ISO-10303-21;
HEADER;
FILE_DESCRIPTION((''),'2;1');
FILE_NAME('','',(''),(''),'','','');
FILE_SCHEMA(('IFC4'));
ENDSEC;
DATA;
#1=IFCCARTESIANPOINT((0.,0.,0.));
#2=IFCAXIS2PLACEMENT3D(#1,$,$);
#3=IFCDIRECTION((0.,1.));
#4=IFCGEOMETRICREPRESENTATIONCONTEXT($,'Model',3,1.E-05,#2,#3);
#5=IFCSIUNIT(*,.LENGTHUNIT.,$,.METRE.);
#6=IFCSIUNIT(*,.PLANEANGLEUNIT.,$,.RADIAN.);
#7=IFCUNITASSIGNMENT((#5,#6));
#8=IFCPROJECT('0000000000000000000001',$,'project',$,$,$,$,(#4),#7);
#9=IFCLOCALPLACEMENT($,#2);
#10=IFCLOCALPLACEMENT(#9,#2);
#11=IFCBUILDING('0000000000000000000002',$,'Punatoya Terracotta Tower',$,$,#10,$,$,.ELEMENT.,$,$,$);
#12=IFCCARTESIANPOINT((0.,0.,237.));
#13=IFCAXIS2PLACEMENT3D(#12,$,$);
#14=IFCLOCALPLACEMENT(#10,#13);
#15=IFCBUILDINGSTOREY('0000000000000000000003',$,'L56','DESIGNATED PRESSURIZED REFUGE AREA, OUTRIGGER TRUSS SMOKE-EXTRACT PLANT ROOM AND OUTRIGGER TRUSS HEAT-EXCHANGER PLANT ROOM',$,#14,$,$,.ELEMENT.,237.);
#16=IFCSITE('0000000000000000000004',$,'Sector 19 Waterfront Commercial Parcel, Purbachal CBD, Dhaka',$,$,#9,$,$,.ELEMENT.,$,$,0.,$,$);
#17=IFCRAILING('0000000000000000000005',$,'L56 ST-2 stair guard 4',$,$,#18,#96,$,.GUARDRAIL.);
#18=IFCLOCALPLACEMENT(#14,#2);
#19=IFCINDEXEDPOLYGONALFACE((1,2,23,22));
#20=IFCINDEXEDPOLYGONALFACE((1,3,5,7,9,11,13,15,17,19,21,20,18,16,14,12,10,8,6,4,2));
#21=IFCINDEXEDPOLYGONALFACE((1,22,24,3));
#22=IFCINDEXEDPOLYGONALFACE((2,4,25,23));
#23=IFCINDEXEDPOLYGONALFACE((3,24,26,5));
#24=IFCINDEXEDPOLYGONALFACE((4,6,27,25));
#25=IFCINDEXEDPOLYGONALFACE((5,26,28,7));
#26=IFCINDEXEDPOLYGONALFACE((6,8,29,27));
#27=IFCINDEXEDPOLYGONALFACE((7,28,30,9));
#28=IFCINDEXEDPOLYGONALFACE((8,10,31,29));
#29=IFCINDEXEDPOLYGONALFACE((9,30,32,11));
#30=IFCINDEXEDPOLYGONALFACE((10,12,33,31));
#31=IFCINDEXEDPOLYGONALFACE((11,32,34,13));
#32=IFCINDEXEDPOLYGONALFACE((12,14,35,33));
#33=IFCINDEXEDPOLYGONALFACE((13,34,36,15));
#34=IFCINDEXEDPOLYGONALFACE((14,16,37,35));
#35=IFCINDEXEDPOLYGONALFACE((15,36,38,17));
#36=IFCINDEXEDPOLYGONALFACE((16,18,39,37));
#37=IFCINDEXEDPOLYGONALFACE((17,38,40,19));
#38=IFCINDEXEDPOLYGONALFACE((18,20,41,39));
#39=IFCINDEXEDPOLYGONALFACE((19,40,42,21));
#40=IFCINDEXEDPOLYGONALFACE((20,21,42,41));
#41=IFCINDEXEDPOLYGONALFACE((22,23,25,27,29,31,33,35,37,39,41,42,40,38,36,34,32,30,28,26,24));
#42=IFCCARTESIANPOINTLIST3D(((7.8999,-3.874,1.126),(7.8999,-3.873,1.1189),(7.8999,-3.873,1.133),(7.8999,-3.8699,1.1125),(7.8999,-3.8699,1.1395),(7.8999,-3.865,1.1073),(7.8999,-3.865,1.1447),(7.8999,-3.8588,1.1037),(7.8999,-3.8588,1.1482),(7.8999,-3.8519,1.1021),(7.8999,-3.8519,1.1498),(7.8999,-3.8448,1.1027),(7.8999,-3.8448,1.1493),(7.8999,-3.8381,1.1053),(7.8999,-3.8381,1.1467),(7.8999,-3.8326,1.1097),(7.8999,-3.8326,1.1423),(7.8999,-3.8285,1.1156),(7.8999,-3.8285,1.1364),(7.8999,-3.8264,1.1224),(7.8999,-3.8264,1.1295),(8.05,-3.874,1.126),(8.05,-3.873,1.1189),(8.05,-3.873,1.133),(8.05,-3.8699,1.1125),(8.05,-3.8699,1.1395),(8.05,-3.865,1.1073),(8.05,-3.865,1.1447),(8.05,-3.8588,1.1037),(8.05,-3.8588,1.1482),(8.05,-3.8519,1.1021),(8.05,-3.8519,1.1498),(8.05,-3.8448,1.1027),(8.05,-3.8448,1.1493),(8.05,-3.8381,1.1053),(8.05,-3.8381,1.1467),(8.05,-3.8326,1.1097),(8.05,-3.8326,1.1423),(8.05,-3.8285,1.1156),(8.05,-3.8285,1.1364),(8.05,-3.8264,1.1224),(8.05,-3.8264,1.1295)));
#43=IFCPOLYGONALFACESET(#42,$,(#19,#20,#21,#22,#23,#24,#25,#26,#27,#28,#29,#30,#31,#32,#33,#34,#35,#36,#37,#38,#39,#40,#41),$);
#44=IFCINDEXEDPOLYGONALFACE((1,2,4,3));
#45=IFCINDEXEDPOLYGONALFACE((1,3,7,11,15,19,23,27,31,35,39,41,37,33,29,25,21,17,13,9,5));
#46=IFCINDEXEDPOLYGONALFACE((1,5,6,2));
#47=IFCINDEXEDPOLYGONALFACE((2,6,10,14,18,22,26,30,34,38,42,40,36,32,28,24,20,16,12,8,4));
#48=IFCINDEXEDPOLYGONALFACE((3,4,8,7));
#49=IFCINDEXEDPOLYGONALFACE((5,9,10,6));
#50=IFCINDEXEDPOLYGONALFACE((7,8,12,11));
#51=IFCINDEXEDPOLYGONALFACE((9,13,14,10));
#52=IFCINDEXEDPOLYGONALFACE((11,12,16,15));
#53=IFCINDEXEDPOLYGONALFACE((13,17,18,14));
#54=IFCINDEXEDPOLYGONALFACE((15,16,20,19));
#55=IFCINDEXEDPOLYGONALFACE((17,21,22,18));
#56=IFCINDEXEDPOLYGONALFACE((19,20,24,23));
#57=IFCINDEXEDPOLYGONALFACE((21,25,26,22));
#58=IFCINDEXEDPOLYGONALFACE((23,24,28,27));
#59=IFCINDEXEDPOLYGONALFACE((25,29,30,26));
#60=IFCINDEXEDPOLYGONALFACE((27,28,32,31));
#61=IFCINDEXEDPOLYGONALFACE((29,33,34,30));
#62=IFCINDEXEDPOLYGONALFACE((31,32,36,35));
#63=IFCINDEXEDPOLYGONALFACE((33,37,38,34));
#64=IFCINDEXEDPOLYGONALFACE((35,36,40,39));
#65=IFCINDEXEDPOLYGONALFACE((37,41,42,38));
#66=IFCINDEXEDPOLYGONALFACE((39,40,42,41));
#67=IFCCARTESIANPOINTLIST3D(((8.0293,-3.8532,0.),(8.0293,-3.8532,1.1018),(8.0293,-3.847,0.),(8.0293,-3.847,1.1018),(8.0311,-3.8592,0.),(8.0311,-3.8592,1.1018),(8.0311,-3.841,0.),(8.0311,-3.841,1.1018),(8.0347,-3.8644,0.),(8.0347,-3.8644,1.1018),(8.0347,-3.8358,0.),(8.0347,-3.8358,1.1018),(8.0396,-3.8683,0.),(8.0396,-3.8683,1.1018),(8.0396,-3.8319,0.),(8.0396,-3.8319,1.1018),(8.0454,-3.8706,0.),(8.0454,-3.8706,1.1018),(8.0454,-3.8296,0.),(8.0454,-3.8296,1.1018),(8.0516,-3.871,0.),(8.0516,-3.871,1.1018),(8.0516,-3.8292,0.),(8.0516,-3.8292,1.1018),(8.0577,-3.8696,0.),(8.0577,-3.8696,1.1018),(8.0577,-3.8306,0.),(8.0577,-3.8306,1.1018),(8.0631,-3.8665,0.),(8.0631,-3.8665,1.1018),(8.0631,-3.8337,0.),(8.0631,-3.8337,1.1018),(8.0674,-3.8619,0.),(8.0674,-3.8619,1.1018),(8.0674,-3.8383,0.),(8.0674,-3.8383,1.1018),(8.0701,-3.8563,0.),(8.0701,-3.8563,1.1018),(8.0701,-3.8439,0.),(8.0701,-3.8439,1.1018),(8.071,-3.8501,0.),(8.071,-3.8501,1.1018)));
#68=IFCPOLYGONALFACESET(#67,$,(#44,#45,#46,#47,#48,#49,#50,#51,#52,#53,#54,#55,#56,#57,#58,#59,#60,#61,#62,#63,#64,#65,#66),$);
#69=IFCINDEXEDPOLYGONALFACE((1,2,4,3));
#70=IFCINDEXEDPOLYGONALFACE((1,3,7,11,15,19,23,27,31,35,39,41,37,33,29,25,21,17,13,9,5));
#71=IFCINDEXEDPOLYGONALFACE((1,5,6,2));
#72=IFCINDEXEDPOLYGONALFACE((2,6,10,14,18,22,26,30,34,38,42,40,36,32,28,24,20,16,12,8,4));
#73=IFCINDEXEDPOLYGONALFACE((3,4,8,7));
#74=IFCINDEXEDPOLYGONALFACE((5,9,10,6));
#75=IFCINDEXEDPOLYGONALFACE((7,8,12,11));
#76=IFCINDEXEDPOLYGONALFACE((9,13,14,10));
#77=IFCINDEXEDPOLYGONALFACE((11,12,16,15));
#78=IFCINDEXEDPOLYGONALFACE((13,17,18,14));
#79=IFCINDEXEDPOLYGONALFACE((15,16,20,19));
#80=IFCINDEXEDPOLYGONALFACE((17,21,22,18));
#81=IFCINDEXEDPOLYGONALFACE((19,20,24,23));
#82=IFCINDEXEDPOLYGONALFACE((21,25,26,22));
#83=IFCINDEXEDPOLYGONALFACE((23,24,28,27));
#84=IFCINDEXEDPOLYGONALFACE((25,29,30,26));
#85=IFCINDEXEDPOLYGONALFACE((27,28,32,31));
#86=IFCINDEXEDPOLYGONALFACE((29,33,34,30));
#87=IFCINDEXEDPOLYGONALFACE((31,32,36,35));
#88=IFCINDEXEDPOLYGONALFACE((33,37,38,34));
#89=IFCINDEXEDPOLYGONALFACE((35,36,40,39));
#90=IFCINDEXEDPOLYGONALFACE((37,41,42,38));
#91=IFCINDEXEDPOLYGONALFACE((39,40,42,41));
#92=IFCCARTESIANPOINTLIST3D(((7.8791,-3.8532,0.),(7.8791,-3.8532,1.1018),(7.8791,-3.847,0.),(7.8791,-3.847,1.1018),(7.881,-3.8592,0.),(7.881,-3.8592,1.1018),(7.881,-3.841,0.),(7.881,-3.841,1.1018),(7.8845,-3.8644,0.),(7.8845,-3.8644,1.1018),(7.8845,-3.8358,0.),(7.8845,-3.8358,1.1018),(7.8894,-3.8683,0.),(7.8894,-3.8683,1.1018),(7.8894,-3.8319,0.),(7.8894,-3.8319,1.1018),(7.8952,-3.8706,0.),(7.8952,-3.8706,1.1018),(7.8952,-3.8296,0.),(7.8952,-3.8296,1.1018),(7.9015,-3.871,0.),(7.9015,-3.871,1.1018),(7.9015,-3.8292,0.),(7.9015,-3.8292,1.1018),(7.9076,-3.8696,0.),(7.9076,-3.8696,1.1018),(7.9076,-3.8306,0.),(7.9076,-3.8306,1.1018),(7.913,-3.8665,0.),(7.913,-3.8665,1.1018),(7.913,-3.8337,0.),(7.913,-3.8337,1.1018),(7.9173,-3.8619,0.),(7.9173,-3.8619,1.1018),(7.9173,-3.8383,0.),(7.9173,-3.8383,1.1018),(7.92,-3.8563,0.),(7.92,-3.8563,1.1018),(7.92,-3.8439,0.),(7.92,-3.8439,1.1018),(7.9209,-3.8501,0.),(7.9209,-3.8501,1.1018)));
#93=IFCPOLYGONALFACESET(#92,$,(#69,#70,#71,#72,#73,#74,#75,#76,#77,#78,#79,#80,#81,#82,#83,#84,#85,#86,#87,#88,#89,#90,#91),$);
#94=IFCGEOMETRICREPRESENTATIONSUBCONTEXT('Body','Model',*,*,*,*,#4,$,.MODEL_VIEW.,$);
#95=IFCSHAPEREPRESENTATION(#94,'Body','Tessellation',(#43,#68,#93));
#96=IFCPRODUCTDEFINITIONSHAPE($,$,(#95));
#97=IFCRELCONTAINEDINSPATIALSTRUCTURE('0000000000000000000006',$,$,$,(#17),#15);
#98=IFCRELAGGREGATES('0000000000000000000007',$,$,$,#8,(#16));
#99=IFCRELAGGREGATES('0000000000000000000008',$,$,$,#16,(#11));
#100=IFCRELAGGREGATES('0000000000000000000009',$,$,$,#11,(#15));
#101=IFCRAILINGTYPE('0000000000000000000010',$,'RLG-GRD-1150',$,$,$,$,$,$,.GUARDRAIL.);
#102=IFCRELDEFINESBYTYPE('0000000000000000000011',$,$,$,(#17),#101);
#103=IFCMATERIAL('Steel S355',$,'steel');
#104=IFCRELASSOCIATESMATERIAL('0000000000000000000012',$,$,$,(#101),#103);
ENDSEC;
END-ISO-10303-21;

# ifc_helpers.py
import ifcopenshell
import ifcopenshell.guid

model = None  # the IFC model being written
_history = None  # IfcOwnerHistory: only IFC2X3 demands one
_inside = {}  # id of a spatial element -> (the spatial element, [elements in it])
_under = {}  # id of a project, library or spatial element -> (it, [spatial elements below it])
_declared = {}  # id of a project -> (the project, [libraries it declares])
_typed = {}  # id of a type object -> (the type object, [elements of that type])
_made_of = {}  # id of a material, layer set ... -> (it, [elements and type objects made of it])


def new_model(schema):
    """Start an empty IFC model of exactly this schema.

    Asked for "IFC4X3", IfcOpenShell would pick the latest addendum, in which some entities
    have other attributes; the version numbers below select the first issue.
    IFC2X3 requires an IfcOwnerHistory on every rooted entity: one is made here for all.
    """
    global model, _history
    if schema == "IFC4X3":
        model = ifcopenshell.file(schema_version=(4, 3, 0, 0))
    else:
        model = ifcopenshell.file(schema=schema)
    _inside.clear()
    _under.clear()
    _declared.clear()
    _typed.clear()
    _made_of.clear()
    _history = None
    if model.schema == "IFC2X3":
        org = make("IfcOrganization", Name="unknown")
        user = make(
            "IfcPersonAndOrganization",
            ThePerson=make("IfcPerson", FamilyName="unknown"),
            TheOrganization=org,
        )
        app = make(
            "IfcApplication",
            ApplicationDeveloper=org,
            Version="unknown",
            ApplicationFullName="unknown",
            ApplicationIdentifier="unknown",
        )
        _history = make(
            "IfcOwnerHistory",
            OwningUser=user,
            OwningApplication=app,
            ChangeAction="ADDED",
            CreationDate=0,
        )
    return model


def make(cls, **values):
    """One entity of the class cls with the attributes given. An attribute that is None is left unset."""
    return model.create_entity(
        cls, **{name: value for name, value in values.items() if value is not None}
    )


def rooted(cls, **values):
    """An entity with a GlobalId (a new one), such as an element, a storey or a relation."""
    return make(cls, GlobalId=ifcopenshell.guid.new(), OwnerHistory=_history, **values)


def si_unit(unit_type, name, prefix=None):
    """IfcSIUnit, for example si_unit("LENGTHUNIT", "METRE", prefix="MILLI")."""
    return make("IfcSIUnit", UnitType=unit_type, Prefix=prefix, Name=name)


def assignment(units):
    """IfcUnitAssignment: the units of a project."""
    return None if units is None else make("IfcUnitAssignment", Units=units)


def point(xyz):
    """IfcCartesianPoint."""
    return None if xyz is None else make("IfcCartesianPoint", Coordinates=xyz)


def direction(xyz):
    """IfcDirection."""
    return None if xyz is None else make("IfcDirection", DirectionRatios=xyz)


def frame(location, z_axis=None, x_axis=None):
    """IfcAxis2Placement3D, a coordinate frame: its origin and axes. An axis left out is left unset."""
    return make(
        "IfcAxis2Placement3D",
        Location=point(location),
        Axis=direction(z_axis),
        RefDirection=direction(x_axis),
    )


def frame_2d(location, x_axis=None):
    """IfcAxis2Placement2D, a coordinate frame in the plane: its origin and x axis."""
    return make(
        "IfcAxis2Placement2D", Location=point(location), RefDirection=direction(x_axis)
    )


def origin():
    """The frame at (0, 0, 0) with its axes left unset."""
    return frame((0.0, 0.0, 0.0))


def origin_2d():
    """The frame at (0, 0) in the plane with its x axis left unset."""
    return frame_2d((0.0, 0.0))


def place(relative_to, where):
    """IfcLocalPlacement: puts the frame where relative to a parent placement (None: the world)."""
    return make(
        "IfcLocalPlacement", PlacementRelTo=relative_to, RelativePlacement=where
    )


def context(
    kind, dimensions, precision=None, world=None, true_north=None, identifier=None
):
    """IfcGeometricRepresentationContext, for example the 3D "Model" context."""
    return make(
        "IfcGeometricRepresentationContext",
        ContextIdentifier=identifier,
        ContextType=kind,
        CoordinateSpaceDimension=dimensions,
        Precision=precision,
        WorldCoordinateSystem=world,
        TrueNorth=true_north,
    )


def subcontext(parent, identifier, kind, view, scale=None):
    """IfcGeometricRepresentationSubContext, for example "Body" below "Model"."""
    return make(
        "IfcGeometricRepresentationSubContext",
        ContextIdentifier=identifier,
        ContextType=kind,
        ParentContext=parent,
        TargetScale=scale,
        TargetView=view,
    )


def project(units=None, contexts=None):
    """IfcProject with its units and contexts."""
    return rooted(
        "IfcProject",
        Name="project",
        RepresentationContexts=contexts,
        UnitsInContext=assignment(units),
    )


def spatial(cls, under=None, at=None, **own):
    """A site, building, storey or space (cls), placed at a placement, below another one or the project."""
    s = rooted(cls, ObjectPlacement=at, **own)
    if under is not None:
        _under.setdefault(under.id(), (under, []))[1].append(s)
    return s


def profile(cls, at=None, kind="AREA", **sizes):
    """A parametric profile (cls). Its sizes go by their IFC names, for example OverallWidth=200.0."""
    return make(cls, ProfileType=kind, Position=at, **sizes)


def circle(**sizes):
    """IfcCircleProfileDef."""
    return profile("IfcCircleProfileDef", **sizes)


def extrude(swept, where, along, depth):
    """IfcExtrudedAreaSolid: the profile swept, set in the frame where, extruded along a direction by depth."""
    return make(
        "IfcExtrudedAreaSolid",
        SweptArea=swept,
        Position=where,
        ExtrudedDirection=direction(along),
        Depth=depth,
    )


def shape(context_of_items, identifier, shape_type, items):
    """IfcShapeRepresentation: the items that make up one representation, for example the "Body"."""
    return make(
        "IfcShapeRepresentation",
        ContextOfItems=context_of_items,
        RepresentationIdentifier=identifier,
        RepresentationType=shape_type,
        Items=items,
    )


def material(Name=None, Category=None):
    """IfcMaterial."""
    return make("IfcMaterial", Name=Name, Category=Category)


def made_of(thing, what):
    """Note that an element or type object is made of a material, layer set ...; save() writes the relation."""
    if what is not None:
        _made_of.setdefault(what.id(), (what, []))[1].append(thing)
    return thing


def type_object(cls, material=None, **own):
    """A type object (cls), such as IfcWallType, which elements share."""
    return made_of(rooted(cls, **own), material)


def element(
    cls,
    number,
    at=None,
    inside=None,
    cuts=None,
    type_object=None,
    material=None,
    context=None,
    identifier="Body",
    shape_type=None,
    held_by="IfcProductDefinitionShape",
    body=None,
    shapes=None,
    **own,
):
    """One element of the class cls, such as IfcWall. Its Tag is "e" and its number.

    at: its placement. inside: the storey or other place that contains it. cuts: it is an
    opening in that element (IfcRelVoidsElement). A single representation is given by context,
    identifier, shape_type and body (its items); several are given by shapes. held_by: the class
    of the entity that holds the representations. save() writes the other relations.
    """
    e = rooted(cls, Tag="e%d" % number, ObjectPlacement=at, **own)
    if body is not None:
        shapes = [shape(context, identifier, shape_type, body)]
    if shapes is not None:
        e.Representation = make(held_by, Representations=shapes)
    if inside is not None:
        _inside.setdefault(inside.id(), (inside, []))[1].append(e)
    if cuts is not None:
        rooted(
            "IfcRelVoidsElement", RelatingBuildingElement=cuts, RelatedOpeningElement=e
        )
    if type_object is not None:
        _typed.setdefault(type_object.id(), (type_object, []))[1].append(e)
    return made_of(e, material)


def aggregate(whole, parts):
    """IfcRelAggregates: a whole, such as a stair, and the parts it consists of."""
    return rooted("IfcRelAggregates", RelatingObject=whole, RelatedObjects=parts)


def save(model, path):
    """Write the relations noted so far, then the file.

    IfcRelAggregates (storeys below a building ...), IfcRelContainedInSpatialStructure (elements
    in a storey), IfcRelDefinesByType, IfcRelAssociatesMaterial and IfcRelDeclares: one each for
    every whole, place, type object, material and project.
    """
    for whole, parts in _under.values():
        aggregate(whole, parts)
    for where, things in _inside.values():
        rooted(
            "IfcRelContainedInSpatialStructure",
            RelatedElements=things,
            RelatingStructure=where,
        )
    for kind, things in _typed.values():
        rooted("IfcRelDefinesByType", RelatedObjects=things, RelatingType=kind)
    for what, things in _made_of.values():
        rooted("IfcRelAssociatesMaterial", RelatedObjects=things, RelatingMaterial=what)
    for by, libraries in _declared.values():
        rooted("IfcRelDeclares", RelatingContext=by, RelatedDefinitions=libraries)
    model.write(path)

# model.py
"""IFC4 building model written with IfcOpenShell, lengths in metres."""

from ifc_helpers import new_model, si_unit, direction, frame, origin, origin_2d, place, context, subcontext, project, spatial, circle, extrude, material, type_object, element, save


model = new_model("IFC4")

# Units and contexts
model_context = context("Model", 3, precision=1e-05, world=origin(), true_north=direction((0.0, 1.0)))
body_context = subcontext(model_context, "Body", "Model", "MODEL_VIEW")
ifc_project = project(units=[si_unit("LENGTHUNIT", "METRE"), si_unit("PLANEANGLEUNIT", "RADIAN")], contexts=[model_context])

# Site, building, storey
site_placement = place(None, origin())
site = spatial("IfcSite", under=ifc_project, at=site_placement, Name="Sector 19 Waterfront Commercial Parcel, Purbachal CBD, Dhaka", CompositionType="ELEMENT", RefElevation=0.0)
building_placement = place(site_placement, origin())
building = spatial("IfcBuilding", under=site, at=building_placement, Name="Punatoya Terracotta Tower", CompositionType="ELEMENT")
storey_placement = place(building_placement, frame((0.0, 0.0, 237.0)))
storey = spatial("IfcBuildingStorey", under=building, at=storey_placement, Name="L56", Description="DESIGNATED PRESSURIZED REFUGE AREA, OUTRIGGER TRUSS SMOKE-EXTRACT PLANT ROOM AND OUTRIGGER TRUSS HEAT-EXCHANGER PLANT ROOM", CompositionType="ELEMENT", Elevation=237.0)

# Railing
ifc_material_1 = material(Name="Steel S355", Category="steel")
railing_type_1 = type_object("IfcRailingType", Name="RLG-GRD-1150", PredefinedType="GUARDRAIL", material=ifc_material_1)
railing_1_placement = place(storey_placement, frame((8.05, -3.8501, 0.0)))
element("IfcRailing", 1, at=railing_1_placement, inside=storey, type_object=railing_type_1, Name="L56 ST-2 stair guard 4", PredefinedType="GUARDRAIL", context=body_context, shape_type="SweptSolid", body=[
    extrude(circle(Radius=0.0239, at=origin_2d()), frame((0.0, 0.0, 1.126), z_axis=(-1.0, 0.0, 0.0), x_axis=(0.0, -1.0, 0.0)), (0.0, 0.0, 1.0), 0.1501),
    extrude(circle(Radius=0.021, at=origin_2d()), origin(), (0.0, 0.0, 1.0), 1.1018),
    extrude(circle(Radius=0.021, at=origin_2d()), frame((-0.1501, 0.0, 0.0)), (0.0, 0.0, 1.0), 1.1018),
])

save(model, "model.ifc")
